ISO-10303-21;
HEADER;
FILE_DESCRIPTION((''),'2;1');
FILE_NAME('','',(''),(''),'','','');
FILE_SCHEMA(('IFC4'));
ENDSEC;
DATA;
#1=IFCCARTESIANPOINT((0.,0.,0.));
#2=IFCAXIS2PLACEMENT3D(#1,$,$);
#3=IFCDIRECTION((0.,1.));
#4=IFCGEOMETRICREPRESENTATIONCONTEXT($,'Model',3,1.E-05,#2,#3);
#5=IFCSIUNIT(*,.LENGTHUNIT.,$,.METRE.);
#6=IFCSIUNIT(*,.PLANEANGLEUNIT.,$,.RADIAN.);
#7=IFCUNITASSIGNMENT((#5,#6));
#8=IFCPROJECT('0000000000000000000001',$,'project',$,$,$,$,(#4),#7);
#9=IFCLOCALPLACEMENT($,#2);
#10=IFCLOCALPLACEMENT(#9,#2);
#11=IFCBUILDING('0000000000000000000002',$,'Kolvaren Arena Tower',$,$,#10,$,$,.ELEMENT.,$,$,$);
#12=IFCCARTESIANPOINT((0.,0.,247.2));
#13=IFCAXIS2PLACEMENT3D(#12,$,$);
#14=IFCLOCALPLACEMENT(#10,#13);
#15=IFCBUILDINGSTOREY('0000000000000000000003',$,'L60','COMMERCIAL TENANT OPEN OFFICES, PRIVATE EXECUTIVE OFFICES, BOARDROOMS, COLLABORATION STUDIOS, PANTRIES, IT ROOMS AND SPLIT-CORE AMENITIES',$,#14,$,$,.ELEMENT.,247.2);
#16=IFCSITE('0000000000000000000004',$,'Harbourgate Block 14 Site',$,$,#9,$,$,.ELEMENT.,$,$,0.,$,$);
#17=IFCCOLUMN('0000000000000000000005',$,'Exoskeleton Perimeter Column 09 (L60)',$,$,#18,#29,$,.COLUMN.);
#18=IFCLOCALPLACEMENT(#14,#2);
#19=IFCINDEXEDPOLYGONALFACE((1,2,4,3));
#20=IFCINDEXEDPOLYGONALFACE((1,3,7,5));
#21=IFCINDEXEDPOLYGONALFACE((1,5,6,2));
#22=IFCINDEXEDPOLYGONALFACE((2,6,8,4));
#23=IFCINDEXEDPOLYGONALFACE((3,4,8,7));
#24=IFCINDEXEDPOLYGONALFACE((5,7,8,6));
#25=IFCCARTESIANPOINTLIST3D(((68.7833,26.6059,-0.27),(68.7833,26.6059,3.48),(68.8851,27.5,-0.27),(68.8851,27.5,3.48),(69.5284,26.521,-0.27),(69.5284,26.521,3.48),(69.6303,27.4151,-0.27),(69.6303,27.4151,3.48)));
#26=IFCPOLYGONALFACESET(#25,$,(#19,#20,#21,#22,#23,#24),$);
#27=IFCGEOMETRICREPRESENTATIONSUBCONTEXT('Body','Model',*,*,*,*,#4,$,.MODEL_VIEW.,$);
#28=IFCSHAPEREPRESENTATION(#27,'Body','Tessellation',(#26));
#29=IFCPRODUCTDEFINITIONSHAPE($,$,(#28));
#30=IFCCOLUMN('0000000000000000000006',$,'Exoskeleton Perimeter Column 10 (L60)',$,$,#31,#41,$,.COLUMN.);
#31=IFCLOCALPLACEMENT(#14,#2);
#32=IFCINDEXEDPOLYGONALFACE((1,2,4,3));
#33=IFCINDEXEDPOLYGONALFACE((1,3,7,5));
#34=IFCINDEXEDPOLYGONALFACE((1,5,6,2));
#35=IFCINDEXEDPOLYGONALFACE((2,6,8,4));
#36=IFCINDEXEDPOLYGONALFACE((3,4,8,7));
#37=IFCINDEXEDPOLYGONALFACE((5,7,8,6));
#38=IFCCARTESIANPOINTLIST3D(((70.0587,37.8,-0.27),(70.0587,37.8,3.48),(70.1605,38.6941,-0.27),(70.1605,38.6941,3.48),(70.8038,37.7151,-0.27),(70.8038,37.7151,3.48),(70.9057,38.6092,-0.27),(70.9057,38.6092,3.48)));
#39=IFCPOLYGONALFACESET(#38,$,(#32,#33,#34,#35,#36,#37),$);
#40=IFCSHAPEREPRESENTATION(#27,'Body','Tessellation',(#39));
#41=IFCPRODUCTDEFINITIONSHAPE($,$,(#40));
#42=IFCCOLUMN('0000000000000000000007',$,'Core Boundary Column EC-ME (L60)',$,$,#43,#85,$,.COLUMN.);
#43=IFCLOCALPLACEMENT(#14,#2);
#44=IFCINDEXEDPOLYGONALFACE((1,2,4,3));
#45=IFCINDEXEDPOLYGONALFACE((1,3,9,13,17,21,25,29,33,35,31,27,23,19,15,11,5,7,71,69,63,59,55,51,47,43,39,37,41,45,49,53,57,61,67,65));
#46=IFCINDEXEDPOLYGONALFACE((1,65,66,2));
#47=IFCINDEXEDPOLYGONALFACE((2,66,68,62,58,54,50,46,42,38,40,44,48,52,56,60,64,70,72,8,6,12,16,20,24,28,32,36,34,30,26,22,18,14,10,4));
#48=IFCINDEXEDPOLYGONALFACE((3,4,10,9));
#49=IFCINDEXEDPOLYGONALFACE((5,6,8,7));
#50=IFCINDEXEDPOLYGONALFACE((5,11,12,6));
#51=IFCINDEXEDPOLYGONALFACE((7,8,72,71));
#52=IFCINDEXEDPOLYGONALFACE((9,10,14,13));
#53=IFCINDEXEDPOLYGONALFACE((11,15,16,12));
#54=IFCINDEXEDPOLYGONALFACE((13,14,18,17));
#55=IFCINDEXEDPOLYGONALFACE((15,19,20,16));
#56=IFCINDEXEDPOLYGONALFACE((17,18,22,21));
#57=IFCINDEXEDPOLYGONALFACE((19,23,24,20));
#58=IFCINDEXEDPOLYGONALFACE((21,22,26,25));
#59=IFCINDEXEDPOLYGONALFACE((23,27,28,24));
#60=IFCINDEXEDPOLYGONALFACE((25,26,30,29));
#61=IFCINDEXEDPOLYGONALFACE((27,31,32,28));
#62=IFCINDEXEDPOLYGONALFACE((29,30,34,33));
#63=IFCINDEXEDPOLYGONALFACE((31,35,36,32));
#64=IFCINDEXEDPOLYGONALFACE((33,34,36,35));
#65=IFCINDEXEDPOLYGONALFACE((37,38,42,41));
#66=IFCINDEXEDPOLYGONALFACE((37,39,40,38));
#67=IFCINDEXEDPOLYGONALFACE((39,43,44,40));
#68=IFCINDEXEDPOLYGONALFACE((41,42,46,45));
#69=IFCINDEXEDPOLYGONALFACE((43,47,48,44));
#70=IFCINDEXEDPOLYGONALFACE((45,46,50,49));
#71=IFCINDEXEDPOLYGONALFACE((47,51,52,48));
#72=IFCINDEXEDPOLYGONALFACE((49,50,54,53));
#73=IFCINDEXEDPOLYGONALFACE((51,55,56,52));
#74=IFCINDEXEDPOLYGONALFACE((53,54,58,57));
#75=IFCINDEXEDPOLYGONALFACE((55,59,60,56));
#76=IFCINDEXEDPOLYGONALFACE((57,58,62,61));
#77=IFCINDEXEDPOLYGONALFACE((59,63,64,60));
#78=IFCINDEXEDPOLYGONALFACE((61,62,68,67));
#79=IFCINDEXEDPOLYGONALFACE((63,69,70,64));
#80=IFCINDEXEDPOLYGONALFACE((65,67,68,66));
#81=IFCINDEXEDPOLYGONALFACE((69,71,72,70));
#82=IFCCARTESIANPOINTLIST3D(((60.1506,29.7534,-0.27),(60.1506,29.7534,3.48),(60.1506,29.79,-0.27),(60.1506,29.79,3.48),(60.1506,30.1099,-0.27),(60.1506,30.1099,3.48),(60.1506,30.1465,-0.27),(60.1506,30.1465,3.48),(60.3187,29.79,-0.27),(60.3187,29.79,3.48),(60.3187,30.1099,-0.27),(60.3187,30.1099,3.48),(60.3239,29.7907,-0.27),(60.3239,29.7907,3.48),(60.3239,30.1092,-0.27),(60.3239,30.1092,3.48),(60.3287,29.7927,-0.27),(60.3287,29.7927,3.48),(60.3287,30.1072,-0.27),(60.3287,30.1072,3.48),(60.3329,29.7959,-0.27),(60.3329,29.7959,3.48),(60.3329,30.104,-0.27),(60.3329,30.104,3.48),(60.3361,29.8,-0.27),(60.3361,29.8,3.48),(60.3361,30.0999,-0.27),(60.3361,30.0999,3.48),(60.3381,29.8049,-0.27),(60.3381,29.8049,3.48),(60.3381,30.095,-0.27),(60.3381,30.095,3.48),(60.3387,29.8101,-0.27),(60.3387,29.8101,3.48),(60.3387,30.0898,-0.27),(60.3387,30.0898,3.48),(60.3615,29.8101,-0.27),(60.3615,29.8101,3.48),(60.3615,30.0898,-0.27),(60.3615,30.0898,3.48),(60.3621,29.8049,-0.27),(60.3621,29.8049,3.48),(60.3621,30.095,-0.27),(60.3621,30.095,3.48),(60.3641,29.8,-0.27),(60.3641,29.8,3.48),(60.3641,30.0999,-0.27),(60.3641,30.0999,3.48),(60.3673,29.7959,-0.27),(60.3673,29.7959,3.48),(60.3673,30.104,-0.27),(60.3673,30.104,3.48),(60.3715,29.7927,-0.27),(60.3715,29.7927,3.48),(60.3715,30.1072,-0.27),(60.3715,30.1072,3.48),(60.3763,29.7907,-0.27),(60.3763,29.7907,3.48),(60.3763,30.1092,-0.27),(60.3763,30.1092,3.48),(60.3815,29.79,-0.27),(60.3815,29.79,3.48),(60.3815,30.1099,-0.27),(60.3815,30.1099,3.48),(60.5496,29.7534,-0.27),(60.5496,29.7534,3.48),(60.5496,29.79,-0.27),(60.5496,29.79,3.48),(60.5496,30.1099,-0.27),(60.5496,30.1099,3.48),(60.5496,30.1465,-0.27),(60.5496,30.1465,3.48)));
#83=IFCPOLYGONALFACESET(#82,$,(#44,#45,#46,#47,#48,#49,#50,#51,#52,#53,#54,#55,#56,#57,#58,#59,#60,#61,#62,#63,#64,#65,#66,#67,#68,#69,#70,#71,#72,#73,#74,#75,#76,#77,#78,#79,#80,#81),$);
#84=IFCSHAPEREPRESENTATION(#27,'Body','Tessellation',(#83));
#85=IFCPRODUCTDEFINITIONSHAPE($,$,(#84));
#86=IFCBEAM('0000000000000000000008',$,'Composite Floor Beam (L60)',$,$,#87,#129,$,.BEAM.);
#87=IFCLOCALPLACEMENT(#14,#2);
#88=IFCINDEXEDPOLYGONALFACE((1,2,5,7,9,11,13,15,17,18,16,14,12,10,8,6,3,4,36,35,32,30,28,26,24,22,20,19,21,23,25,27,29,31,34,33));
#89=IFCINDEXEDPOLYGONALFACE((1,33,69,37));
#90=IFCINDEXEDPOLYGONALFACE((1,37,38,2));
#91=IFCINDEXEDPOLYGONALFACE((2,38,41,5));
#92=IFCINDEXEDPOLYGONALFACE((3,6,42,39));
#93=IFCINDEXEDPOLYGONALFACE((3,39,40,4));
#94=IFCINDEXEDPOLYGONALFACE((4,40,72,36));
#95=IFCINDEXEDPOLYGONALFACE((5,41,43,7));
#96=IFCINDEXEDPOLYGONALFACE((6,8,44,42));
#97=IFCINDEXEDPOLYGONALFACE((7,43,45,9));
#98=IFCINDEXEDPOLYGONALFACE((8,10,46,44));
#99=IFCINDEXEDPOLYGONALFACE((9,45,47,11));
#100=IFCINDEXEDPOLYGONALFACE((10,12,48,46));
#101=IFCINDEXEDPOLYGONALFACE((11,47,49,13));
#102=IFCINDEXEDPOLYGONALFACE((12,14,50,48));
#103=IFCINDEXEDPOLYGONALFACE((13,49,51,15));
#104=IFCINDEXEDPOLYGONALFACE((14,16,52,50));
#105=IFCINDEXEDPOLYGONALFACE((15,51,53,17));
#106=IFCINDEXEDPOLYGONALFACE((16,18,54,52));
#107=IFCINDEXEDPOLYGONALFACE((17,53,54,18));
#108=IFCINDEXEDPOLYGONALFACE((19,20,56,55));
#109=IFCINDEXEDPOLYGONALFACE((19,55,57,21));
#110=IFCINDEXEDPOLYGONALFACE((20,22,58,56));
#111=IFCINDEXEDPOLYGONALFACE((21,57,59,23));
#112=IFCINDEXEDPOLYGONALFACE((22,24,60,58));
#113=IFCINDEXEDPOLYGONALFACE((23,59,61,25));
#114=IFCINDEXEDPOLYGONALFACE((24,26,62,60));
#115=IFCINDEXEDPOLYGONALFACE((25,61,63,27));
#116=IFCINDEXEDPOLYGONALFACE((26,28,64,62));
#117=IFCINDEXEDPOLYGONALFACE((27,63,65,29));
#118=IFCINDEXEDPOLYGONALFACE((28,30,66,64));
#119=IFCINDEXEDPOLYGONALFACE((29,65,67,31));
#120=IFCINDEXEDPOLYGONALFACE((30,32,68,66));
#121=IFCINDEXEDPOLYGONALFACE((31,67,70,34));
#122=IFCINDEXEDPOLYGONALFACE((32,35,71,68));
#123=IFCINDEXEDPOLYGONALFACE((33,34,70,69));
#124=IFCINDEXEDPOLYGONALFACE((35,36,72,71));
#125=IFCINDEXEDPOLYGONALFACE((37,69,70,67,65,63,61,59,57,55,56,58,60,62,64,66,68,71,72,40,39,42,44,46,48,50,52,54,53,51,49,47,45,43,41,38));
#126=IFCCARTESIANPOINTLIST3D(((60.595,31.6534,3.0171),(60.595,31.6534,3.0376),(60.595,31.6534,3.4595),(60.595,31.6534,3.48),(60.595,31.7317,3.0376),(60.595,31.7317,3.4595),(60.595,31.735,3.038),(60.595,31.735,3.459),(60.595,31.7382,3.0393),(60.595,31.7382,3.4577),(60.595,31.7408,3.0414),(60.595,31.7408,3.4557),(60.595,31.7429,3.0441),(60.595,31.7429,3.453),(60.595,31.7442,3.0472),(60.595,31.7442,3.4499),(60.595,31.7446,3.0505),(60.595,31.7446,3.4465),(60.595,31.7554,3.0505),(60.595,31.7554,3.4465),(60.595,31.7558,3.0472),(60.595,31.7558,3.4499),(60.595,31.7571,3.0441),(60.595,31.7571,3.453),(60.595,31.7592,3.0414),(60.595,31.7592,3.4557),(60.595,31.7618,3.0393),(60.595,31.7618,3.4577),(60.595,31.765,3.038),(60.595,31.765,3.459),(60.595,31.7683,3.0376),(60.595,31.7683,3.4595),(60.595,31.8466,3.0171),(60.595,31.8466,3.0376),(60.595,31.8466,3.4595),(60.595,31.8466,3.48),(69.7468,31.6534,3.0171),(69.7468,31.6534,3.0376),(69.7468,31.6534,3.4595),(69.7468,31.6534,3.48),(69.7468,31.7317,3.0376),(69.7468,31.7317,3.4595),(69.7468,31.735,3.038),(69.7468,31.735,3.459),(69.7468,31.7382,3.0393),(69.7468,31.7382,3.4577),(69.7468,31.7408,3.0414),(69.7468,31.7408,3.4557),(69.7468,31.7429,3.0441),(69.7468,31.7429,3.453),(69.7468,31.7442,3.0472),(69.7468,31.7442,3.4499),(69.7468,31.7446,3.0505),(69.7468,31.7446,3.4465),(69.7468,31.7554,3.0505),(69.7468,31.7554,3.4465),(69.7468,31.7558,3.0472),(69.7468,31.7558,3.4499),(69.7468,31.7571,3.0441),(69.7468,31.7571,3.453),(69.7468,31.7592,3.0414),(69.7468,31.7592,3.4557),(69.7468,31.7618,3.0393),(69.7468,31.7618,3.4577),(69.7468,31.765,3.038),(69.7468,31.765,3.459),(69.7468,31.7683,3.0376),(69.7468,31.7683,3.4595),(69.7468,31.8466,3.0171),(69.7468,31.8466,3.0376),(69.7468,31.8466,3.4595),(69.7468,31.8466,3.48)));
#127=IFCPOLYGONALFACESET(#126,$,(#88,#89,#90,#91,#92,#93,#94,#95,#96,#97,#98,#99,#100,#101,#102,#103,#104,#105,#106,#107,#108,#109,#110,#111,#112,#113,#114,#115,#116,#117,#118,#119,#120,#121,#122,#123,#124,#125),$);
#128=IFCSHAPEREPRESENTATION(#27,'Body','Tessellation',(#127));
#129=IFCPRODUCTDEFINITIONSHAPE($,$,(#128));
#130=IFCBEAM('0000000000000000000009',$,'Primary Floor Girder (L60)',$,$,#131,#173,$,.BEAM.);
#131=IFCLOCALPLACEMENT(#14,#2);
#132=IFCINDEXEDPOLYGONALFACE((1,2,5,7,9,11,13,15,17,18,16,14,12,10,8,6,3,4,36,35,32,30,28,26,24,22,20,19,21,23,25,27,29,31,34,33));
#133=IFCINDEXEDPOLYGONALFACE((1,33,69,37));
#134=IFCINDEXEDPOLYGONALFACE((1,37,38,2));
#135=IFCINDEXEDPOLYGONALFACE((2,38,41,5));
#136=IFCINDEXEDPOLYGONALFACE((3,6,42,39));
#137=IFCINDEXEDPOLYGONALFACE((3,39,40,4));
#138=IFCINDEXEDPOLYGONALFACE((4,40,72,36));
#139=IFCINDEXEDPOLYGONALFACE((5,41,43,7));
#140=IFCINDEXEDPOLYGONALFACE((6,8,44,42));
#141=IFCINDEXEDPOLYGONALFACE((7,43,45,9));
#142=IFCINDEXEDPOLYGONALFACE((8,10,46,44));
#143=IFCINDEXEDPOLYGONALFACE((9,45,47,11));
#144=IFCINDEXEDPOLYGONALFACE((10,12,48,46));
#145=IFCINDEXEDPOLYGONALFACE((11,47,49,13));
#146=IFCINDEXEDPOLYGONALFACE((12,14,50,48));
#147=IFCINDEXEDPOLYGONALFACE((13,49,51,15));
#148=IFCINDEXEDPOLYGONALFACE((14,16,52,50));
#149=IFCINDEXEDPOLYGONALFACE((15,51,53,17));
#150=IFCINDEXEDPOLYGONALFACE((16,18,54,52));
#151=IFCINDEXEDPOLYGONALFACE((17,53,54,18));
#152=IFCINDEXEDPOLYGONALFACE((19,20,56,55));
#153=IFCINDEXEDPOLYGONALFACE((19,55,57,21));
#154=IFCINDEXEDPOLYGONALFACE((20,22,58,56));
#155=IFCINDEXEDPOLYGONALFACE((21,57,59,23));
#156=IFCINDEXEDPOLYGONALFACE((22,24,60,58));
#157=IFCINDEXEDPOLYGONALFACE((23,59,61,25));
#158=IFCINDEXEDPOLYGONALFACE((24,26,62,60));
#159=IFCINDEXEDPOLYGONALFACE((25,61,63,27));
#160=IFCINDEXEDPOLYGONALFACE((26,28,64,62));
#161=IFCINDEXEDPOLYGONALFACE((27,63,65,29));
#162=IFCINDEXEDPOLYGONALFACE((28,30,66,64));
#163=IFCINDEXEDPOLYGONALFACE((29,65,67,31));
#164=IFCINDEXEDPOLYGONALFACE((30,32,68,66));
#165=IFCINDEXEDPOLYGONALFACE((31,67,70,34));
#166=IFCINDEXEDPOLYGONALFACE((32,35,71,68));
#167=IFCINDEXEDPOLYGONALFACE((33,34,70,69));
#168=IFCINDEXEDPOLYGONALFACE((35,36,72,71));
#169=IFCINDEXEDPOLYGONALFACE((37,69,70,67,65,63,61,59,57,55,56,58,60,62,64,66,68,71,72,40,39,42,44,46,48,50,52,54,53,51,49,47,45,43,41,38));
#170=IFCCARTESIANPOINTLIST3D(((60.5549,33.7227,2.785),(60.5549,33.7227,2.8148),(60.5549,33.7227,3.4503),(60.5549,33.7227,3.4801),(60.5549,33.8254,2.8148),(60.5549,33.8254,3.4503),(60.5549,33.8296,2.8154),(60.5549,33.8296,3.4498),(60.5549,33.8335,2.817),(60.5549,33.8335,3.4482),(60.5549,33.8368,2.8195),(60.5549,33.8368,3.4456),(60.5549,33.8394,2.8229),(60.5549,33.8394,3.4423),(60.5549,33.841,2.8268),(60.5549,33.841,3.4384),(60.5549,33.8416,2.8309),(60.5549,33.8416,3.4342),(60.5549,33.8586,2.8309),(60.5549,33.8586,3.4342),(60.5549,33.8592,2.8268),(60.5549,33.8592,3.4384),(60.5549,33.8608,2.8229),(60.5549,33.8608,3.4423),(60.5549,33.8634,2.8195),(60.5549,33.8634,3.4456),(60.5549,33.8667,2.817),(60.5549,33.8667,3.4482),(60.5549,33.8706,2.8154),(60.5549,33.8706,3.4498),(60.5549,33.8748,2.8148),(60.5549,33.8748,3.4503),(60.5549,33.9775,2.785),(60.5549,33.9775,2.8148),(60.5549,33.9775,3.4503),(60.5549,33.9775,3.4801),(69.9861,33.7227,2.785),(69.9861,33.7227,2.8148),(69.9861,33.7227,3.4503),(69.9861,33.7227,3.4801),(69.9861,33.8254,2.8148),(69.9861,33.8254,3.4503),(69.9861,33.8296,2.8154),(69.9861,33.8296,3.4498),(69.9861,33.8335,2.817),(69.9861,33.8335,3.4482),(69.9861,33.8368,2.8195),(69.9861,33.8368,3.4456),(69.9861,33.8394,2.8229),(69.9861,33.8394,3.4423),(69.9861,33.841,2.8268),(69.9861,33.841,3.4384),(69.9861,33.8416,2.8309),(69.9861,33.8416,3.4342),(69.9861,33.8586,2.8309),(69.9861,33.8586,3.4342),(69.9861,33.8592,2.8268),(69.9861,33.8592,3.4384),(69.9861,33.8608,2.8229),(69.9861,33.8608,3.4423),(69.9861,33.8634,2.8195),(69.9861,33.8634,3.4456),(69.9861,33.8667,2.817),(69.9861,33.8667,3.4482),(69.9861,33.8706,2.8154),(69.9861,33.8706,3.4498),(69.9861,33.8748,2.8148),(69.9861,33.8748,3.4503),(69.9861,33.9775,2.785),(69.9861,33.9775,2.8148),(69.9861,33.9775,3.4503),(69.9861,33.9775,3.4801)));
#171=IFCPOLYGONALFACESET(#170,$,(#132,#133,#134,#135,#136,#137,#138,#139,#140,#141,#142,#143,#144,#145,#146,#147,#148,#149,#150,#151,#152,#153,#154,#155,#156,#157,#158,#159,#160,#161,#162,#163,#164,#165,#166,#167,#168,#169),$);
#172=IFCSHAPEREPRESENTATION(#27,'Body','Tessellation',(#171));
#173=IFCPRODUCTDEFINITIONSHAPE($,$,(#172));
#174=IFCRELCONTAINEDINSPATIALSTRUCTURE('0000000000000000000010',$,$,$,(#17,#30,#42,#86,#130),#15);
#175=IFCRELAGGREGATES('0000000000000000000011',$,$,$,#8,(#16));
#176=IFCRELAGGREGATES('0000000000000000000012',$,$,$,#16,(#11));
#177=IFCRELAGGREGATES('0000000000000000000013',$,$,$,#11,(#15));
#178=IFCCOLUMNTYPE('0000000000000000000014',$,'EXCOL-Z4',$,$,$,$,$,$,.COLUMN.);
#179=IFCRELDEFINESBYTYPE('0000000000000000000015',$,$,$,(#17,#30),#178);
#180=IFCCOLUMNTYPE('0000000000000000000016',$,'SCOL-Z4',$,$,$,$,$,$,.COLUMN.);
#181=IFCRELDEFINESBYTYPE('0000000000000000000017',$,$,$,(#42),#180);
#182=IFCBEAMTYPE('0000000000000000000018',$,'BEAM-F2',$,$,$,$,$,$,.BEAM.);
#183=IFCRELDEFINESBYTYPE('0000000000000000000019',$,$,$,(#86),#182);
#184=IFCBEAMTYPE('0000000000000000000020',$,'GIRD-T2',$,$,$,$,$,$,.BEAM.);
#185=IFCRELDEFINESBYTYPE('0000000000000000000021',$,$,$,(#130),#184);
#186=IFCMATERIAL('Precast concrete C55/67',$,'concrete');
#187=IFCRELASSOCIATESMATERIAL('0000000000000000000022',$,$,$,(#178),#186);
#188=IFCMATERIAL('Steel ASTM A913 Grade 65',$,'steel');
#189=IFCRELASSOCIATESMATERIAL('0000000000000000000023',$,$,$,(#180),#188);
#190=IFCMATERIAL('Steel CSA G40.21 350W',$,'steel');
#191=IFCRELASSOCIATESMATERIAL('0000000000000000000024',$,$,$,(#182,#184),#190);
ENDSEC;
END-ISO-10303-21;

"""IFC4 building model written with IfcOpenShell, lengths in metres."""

from ifc_helpers import new_model, si_unit, direction, frame, origin, origin_2d, place, context, subcontext, project, spatial, rectangle, i_section, extrude, material, material_profile, profile_set, type_object, element, save


model = new_model("IFC4")

# Units and contexts
model_context = context("Model", 3, precision=1e-05, world=origin(), true_north=direction((0.0, 1.0)))
body_context = subcontext(model_context, "Body", "Model", "MODEL_VIEW")
ifc_project = project(units=[si_unit("LENGTHUNIT", "METRE"), si_unit("PLANEANGLEUNIT", "RADIAN")], contexts=[model_context])

# Site, building, storey
site_placement = place(None, origin())
site = spatial("IfcSite", under=ifc_project, at=site_placement, Name="Harbourgate Block 14 Site", CompositionType="ELEMENT", RefElevation=0.0)
building_placement = place(site_placement, origin())
building = spatial("IfcBuilding", under=site, at=building_placement, Name="Kolvaren Arena Tower", CompositionType="ELEMENT")
storey_placement = place(building_placement, frame((0.0, 0.0, 247.2)))
storey = spatial("IfcBuildingStorey", under=building, at=storey_placement, Name="L60", Description="COMMERCIAL TENANT OPEN OFFICES, PRIVATE EXECUTIVE OFFICES, BOARDROOMS, COLLABORATION STUDIOS, PANTRIES, IT ROOMS AND SPLIT-CORE AMENITIES", CompositionType="ELEMENT", Elevation=247.2)

# Columns
ifc_material_1 = material(Name="Precast concrete C55/67", Category="concrete")
ifc_material_profile_1 = material_profile(ifc_material_1, rectangle(XDim=0.8999, YDim=0.75, at=origin_2d()), Name="RC-900x750")
ifc_profile_set_1 = profile_set([ifc_material_profile_1], Name="Precast concrete C55/67")
column_type_1 = type_object("IfcColumnType", Name="EXCOL-Z4", PredefinedType="COLUMN", material=ifc_profile_set_1)
for number, where, z_axis, x_axis, name in (
    (1, (69.2068, 27.0105, -0.27), (0.0, 0.0, 1.0), (0.113203, 0.993572, 0.0), "Exoskeleton Perimeter Column 09 (L60)"),
    (2, (70.4822, 38.2046, -0.27), (0.0, 0.0, 1.0), (0.113203, 0.993572, 0.0), "Exoskeleton Perimeter Column 10 (L60)"),
):
    element("IfcColumn", number, at=place(storey_placement, frame(where, z_axis=z_axis, x_axis=x_axis)), inside=storey, type_object=column_type_1, Name=name, PredefinedType="COLUMN", context=body_context, shape_type="SweptSolid", body=[
        extrude(rectangle(XDim=0.8999, YDim=0.75, at=origin_2d()), origin(), (0.0, 0.0, 1.0), 3.75),
    ])
ifc_material_2 = material(Name="Steel ASTM A913 Grade 65", Category="steel")
ifc_material_profile_2 = material_profile(ifc_material_2, i_section(OverallWidth=0.3989, OverallDepth=0.3931, WebThickness=0.0227, FlangeThickness=0.0366, FilletRadius=0.02, at=origin_2d()), Name="W360x287")
ifc_profile_set_2 = profile_set([ifc_material_profile_2], Name="Steel ASTM A913 Grade 65")
column_type_2 = type_object("IfcColumnType", Name="SCOL-Z4", PredefinedType="COLUMN", material=ifc_profile_set_2)
column_placement = place(storey_placement, frame((60.3501, 29.95, -0.27), z_axis=(0.0, 0.0, 1.0), x_axis=(1.0, 0.0, 0.0)))
element("IfcColumn", 3, at=column_placement, inside=storey, type_object=column_type_2, Name="Core Boundary Column EC-ME (L60)", PredefinedType="COLUMN", context=body_context, shape_type="SweptSolid", body=[
    extrude(i_section(OverallWidth=0.3989, OverallDepth=0.3931, WebThickness=0.0227, FlangeThickness=0.0366, FilletRadius=0.02, at=origin_2d()), origin(), (0.0, 0.0, 1.0), 3.75),
])

# Beams
ifc_material_3 = material(Name="Steel CSA G40.21 350W", Category="steel")
ifc_material_profile_3 = material_profile(ifc_material_3, i_section(OverallWidth=0.1931, OverallDepth=0.4629, WebThickness=0.0107, FlangeThickness=0.0205, FilletRadius=0.0129, at=origin_2d()), Name="W460x113")
ifc_profile_set_3 = profile_set([ifc_material_profile_3], Name="Steel CSA G40.21 350W")
beam_type_1 = type_object("IfcBeamType", Name="BEAM-F2", PredefinedType="BEAM", material=ifc_profile_set_3)
beam_1_placement = place(storey_placement, frame((60.595, 31.75, 3.2485), z_axis=(1.0, 0.0, 0.0), x_axis=(0.0, 1.0, 0.0)))
element("IfcBeam", 4, at=beam_1_placement, inside=storey, type_object=beam_type_1, Name="Composite Floor Beam (L60)", PredefinedType="BEAM", context=body_context, shape_type="SweptSolid", body=[
    extrude(i_section(OverallWidth=0.1931, OverallDepth=0.4629, WebThickness=0.0107, FlangeThickness=0.0205, FilletRadius=0.0129, at=origin_2d()), origin(), (0.0, 0.0, 1.0), 9.1519),
])
ifc_material_profile_4 = material_profile(ifc_material_3, i_section(OverallWidth=0.2549, OverallDepth=0.6951, WebThickness=0.0171, FlangeThickness=0.0298, FilletRadius=0.0161, at=origin_2d()), Name="W690x217")
ifc_profile_set_4 = profile_set([ifc_material_profile_4], Name="Steel CSA G40.21 350W")
beam_type_2 = type_object("IfcBeamType", Name="GIRD-T2", PredefinedType="BEAM", material=ifc_profile_set_4)
beam_2_placement = place(storey_placement, frame((60.5549, 33.8501, 3.1326), z_axis=(1.0, 0.0, 0.0), x_axis=(0.0, 1.0, 0.0)))
element("IfcBeam", 5, at=beam_2_placement, inside=storey, type_object=beam_type_2, Name="Primary Floor Girder (L60)", PredefinedType="BEAM", context=body_context, shape_type="SweptSolid", body=[
    extrude(i_section(OverallWidth=0.2549, OverallDepth=0.6951, WebThickness=0.0171, FlangeThickness=0.0298, FilletRadius=0.0161, at=origin_2d()), origin(), (0.0, 0.0, 1.0), 9.4312),
])

save(model, "model.ifc")
